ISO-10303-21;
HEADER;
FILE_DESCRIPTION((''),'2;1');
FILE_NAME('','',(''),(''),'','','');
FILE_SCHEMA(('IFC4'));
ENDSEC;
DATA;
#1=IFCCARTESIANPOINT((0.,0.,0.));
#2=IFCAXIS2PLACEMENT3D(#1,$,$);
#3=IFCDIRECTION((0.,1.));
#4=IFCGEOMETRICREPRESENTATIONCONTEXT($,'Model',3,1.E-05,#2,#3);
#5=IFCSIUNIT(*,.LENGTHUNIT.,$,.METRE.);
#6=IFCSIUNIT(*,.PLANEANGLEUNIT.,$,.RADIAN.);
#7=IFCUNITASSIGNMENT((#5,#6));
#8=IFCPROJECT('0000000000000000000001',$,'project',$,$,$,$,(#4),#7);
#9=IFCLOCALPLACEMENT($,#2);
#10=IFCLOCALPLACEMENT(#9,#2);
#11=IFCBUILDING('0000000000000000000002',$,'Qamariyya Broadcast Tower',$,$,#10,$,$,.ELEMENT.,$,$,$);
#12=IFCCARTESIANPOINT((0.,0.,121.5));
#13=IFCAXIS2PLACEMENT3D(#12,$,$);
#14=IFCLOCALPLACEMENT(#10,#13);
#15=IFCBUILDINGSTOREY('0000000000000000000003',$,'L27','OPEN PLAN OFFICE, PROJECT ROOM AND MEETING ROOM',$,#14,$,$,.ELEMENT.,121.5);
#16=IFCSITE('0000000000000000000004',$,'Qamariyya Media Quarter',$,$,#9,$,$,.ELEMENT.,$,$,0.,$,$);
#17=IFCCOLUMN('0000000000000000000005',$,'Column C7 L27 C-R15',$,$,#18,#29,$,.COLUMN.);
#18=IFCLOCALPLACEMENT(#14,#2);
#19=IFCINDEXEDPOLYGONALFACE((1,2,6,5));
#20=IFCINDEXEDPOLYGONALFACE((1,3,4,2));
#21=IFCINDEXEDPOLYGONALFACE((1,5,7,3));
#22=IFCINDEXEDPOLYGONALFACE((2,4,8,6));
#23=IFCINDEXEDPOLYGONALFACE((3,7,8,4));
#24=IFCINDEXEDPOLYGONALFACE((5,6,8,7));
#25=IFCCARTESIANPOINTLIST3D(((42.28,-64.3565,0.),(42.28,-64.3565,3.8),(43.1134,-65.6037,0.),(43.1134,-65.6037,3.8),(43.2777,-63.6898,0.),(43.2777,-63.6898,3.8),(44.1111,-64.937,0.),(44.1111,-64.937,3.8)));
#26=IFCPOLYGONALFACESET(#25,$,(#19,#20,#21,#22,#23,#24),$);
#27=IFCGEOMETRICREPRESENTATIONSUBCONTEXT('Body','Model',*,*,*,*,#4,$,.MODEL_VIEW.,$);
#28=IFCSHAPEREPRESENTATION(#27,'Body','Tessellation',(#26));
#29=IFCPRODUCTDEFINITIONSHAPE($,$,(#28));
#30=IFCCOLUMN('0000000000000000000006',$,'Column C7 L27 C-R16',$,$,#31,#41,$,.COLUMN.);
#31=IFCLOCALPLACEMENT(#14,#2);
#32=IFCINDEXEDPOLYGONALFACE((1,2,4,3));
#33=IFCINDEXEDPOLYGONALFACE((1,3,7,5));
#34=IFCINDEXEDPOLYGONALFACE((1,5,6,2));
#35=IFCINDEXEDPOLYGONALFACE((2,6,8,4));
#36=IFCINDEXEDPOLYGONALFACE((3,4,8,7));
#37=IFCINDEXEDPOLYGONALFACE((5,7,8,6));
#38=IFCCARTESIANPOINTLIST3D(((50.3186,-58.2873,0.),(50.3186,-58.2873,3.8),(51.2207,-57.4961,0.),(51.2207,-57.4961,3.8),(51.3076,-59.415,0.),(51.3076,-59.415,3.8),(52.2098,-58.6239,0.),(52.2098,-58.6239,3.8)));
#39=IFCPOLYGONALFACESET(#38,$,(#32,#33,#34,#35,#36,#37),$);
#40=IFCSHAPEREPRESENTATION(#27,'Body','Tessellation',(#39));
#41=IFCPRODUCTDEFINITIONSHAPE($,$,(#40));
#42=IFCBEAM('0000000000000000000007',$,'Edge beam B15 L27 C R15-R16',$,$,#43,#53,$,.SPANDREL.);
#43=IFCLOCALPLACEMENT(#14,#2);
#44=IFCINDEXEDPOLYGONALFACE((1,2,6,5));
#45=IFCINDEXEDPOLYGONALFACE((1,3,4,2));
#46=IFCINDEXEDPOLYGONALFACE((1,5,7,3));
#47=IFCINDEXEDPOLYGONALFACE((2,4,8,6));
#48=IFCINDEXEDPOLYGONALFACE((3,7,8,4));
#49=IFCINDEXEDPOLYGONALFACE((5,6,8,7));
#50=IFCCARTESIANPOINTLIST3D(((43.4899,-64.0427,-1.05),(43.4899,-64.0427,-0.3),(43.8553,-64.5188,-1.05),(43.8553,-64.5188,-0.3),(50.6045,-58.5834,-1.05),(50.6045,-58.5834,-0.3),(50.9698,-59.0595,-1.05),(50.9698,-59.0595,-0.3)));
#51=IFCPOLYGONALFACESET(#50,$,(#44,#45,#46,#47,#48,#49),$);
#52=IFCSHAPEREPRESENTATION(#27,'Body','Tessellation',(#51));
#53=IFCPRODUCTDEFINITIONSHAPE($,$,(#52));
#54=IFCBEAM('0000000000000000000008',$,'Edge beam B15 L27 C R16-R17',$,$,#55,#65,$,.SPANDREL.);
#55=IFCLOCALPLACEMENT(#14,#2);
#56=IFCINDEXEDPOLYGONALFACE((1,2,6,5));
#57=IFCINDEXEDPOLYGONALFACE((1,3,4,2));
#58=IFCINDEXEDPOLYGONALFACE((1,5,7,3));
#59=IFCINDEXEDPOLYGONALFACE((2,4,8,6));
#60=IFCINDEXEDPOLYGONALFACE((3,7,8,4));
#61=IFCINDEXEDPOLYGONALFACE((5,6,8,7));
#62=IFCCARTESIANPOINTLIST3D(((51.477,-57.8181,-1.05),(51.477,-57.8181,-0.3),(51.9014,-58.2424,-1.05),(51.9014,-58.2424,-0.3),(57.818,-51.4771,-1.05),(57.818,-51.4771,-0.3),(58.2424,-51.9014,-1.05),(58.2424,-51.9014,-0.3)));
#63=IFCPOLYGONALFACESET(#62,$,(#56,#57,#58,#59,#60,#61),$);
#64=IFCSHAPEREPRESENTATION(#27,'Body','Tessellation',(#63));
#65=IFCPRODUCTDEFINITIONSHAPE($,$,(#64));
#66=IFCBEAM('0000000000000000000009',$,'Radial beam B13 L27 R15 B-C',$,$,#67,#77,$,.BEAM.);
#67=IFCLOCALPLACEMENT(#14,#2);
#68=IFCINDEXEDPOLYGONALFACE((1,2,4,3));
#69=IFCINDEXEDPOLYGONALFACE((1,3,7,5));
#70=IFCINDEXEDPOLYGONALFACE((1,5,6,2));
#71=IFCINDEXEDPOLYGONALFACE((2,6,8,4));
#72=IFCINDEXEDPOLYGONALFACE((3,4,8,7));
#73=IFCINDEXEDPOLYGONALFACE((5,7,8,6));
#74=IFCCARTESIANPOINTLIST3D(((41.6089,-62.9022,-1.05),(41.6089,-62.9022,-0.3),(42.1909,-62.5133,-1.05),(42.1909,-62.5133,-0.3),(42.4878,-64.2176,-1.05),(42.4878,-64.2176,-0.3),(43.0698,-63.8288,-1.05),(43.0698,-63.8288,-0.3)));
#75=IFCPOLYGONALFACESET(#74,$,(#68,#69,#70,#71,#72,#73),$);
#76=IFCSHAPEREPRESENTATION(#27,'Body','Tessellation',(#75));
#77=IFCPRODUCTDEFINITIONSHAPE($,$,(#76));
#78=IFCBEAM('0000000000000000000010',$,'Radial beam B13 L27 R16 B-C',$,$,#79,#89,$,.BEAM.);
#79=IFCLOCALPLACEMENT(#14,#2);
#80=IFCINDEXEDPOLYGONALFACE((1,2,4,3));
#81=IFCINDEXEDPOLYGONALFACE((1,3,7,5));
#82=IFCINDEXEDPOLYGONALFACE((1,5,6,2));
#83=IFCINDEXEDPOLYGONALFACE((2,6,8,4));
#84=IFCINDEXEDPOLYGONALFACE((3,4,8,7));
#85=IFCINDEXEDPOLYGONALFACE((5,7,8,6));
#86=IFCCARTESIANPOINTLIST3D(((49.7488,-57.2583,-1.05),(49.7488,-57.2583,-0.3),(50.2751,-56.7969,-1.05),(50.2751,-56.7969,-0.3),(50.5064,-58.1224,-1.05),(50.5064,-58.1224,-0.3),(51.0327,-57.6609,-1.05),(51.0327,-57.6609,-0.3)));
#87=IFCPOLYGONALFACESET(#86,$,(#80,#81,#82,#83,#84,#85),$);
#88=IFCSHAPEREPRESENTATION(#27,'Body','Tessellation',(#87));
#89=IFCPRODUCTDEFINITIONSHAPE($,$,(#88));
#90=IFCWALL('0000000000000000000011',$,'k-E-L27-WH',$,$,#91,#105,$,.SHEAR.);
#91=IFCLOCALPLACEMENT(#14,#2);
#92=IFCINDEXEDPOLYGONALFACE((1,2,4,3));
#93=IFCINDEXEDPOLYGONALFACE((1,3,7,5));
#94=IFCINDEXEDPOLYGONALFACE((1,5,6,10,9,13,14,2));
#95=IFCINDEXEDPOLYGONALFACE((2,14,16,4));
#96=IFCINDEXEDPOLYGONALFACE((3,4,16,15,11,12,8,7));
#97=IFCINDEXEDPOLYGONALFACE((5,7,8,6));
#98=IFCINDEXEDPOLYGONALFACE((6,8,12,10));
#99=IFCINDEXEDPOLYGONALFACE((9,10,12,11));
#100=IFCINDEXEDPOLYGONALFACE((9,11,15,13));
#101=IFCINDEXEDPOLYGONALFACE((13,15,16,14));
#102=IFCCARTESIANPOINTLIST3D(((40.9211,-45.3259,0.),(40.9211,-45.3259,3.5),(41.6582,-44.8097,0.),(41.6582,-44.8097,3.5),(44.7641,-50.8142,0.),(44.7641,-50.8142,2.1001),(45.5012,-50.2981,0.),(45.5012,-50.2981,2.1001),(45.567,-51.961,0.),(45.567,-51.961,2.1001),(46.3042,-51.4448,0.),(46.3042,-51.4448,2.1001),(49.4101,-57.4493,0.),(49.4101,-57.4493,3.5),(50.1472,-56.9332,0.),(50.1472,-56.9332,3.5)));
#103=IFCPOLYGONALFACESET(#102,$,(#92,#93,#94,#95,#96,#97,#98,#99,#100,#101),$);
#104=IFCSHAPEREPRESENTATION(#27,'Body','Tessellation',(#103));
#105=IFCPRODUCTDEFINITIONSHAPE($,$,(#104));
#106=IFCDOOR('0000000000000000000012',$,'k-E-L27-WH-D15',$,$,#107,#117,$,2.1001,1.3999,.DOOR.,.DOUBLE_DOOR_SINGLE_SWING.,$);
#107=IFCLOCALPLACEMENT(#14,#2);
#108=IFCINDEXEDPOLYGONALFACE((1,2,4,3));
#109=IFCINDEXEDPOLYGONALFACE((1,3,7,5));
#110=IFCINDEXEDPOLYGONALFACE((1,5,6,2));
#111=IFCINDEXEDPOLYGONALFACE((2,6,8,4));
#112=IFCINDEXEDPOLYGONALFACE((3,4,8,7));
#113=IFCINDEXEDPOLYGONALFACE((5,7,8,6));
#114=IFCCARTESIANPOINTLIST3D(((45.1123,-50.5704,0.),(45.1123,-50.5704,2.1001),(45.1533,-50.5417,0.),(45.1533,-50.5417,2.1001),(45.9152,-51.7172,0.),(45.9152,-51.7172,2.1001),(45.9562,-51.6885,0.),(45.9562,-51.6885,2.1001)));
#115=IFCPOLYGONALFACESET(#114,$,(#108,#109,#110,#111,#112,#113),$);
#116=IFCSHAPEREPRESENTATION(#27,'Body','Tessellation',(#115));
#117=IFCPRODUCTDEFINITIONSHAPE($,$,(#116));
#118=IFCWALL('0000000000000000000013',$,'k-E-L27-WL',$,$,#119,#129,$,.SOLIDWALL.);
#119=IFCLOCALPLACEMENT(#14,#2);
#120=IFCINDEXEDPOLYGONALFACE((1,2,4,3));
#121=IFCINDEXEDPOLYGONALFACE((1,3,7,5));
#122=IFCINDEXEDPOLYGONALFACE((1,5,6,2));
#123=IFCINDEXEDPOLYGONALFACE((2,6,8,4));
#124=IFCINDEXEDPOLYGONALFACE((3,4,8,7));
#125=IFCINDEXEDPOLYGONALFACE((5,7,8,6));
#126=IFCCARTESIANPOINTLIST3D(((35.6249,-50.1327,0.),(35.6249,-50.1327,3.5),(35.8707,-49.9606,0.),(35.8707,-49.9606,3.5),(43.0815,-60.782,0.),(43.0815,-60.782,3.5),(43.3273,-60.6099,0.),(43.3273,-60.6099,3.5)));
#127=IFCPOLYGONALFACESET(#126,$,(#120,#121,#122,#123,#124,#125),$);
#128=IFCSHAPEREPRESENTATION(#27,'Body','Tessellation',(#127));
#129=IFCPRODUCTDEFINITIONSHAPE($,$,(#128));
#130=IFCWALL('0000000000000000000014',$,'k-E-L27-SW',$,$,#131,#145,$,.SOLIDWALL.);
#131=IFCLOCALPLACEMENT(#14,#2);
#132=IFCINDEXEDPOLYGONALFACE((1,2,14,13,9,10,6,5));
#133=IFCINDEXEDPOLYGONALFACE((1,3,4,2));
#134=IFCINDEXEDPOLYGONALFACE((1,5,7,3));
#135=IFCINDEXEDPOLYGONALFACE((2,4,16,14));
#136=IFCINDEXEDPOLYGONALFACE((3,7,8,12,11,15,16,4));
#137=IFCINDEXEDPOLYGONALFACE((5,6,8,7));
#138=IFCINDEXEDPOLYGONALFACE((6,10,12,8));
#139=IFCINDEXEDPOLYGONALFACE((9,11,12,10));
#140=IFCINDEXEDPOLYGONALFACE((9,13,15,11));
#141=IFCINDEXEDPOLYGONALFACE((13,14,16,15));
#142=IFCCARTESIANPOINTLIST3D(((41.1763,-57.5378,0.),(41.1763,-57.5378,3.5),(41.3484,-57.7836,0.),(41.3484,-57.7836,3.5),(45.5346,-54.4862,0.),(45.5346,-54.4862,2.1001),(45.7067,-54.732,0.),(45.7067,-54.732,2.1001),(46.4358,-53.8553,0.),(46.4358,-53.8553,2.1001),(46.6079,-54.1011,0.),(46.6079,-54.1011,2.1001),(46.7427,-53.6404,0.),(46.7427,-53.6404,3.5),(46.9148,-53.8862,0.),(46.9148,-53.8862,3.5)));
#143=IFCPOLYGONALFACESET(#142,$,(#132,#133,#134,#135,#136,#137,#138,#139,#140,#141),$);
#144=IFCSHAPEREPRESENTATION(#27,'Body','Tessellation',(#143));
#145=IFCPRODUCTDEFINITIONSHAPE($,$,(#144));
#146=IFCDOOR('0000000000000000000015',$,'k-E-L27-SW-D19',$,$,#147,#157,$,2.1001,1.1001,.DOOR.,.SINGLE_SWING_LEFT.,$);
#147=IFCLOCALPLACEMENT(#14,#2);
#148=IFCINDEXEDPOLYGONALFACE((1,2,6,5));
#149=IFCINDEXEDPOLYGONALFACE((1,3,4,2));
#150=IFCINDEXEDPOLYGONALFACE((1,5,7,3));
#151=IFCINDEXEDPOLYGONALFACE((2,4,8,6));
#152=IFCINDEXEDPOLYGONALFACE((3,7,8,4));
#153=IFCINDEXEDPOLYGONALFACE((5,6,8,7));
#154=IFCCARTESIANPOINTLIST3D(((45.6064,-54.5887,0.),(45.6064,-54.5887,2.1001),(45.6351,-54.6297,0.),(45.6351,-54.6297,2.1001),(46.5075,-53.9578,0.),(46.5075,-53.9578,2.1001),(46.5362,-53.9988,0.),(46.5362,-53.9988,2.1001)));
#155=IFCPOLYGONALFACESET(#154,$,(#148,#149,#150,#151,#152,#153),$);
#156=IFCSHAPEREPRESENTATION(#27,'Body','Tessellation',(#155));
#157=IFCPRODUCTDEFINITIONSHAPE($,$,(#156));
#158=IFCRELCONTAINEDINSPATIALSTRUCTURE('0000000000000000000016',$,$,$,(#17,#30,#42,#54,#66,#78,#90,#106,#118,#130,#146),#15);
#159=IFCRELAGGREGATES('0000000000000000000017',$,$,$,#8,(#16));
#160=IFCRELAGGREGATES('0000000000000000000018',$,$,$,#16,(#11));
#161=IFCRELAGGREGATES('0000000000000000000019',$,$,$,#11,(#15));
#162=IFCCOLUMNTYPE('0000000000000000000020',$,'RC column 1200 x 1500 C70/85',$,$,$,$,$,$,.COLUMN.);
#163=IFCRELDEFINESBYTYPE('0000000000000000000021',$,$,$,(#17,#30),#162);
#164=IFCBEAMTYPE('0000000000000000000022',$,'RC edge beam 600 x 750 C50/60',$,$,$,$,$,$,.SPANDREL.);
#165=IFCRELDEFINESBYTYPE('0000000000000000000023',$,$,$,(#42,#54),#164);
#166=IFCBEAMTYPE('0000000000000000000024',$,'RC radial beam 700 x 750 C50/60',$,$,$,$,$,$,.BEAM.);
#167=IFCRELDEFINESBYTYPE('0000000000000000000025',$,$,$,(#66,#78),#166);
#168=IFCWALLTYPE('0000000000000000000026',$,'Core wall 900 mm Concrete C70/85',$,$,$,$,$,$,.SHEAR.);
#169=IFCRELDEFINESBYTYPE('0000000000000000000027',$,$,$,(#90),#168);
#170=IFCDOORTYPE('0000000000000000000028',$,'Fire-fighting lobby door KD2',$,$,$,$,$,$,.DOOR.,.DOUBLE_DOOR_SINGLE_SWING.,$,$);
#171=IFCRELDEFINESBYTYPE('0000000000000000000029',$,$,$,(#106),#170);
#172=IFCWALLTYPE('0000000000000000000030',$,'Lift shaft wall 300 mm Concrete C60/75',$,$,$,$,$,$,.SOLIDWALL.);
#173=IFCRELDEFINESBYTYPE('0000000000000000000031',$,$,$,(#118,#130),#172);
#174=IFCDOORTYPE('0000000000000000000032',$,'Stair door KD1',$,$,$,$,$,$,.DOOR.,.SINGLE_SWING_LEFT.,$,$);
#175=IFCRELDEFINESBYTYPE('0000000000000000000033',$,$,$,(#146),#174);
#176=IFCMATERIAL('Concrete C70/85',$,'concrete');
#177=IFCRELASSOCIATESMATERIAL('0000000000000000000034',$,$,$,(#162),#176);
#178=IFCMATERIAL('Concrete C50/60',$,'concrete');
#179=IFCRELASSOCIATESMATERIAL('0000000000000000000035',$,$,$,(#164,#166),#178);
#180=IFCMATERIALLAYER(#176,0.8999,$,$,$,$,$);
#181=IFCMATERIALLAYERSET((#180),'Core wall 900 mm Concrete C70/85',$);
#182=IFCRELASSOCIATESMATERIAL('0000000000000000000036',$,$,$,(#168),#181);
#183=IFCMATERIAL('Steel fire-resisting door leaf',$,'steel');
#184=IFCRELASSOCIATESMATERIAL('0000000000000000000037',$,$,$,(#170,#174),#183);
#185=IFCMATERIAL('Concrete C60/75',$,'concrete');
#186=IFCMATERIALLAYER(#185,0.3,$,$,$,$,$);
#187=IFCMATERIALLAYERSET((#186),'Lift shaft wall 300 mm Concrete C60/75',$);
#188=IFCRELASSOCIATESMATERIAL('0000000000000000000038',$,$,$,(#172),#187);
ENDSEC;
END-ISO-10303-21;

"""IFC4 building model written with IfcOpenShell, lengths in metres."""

from ifc_helpers import new_model, si_unit, direction, frame, frame_2d, origin, origin_2d, place, context, subcontext, project, spatial, rectangle, extrude, material, layer, layer_set, material_profile, profile_set, type_object, element, fill, save


model = new_model("IFC4")

# Units and contexts
model_context = context("Model", 3, precision=1e-05, world=origin(), true_north=direction((0.0, 1.0)))
body_context = subcontext(model_context, "Body", "Model", "MODEL_VIEW")
ifc_project = project(units=[si_unit("LENGTHUNIT", "METRE"), si_unit("PLANEANGLEUNIT", "RADIAN")], contexts=[model_context])

# Site, building, storey
site_placement = place(None, origin())
site = spatial("IfcSite", under=ifc_project, at=site_placement, Name="Qamariyya Media Quarter", CompositionType="ELEMENT", RefElevation=0.0)
building_placement = place(site_placement, origin())
building = spatial("IfcBuilding", under=site, at=building_placement, Name="Qamariyya Broadcast Tower", CompositionType="ELEMENT")
storey_placement = place(building_placement, frame((0.0, 0.0, 121.5)))
storey = spatial("IfcBuildingStorey", under=building, at=storey_placement, Name="L27", Description="OPEN PLAN OFFICE, PROJECT ROOM AND MEETING ROOM", CompositionType="ELEMENT", Elevation=121.5)

# Columns
ifc_material_1 = material(Name="Concrete C70/85", Category="concrete")
ifc_material_profile_1 = material_profile(ifc_material_1, rectangle(XDim=1.2, YDim=1.5, at=origin_2d()))
ifc_profile_set_1 = profile_set([ifc_material_profile_1], Name="Concrete C70/85")
column_type = type_object("IfcColumnType", Name="RC column 1200 x 1500 C70/85", PredefinedType="COLUMN", material=ifc_profile_set_1)
for number, where, z_axis, x_axis, name in (
    (1, (43.1956, -64.6467, 0.0), (0.0, 0.0, 1.0), (0.83147, 0.55557, 0.0), "Column C7 L27 C-R15"),
    (2, (51.2642, -58.4556, 0.0), (0.0, 0.0, 1.0), (0.75184, 0.659346, 0.0), "Column C7 L27 C-R16"),
):
    element("IfcColumn", number, at=place(storey_placement, frame(where, z_axis=z_axis, x_axis=x_axis)), inside=storey, type_object=column_type, Name=name, PredefinedType="COLUMN", context=body_context, shape_type="SweptSolid", body=[
        extrude(rectangle(XDim=1.2, YDim=1.5, at=origin_2d()), origin(), (0.0, 0.0, 1.0), 3.8),
    ])

# Beams
ifc_material_2 = material(Name="Concrete C50/60", Category="concrete")
ifc_material_profile_2 = material_profile(ifc_material_2, rectangle(XDim=0.6001, YDim=0.75, at=origin_2d()))
ifc_profile_set_2 = profile_set([ifc_material_profile_2], Name="Concrete C50/60")
beam_type_1 = type_object("IfcBeamType", Name="RC edge beam 600 x 750 C50/60", PredefinedType="SPANDREL", material=ifc_profile_set_2)
beam_1_placement = place(storey_placement, frame((43.6726, -64.2808, -0.675), z_axis=(0.793349, 0.608767, 0.0), x_axis=(-0.608767, 0.793349, 0.0)))
element("IfcBeam", 3, at=beam_1_placement, inside=storey, type_object=beam_type_1, Name="Edge beam B15 L27 C R15-R16", PredefinedType="SPANDREL", context=body_context, shape_type="SweptSolid", body=[
    extrude(rectangle(XDim=0.6001, YDim=0.75, at=origin_2d()), origin(), (0.0, 0.0, 1.0), 8.9678),
])
beam_2_placement = place(storey_placement, frame((51.6892, -58.0303, -0.675), z_axis=(0.707107, 0.707107, 0.0), x_axis=(-0.707107, 0.707107, 0.0)))
element("IfcBeam", 4, at=beam_2_placement, inside=storey, type_object=beam_type_1, Name="Edge beam B15 L27 C R16-R17", PredefinedType="SPANDREL", context=body_context, shape_type="SweptSolid", body=[
    extrude(rectangle(XDim=0.6001, YDim=0.75, at=origin_2d()), origin(), (0.0, 0.0, 1.0), 8.9675),
])
ifc_material_profile_3 = material_profile(ifc_material_2, rectangle(XDim=0.7, YDim=0.75, at=origin_2d()))
ifc_profile_set_3 = profile_set([ifc_material_profile_3], Name="Concrete C50/60")
beam_type_2 = type_object("IfcBeamType", Name="RC radial beam 700 x 750 C50/60", PredefinedType="BEAM", material=ifc_profile_set_3)
beam_3_placement = place(storey_placement, frame((41.8999, -62.7078, -0.675), z_axis=(0.555555, -0.83148, 0.0), x_axis=(0.83148, 0.555555, 0.0)))
element("IfcBeam", 5, at=beam_3_placement, inside=storey, type_object=beam_type_2, Name="Radial beam B13 L27 R15 B-C", PredefinedType="BEAM", context=body_context, shape_type="SweptSolid", body=[
    extrude(rectangle(XDim=0.7, YDim=0.75, at=origin_2d()), origin(), (0.0, 0.0, 1.0), 1.582),
])
beam_4_placement = place(storey_placement, frame((50.012, -57.0276, -0.675), z_axis=(0.659271, -0.751905, 0.0), x_axis=(0.751905, 0.659271, 0.0)))
element("IfcBeam", 6, at=beam_4_placement, inside=storey, type_object=beam_type_2, Name="Radial beam B13 L27 R16 B-C", PredefinedType="BEAM", context=body_context, shape_type="SweptSolid", body=[
    extrude(rectangle(XDim=0.7, YDim=0.75, at=origin_2d()), origin(), (0.0, 0.0, 1.0), 1.1492),
])

# Wall, opening, door
ifc_layer_1 = layer(ifc_material_1, 0.8999)
ifc_layer_set_1 = layer_set([ifc_layer_1], Name="Core wall 900 mm Concrete C70/85")
wall_type_1 = type_object("IfcWallType", Name="Core wall 900 mm Concrete C70/85", PredefinedType="SHEAR", material=ifc_layer_set_1)
wall_1_placement = place(storey_placement, frame((49.7786, -57.1912, 0.0), z_axis=(0.0, 0.0, 1.0), x_axis=(-0.573577, 0.819151, 0.0)))
wall_1 = element("IfcWall", 7, at=wall_1_placement, inside=storey, type_object=wall_type_1, Name="k-E-L27-WH", PredefinedType="SHEAR", context=body_context, shape_type="SweptSolid", body=[
    extrude(rectangle(XDim=14.8, YDim=0.8999, at=frame_2d((7.3999, 0.0))), origin(), (0.0, 0.0, 1.0), 3.5),
])
opening_1_placement = place(wall_1_placement, frame((6.7, 0.0, 0.0)))
opening_1 = element("IfcOpeningElement", 8, at=opening_1_placement, cuts=wall_1, PredefinedType="OPENING", context=body_context, shape_type="SweptSolid", body=[
    extrude(rectangle(XDim=1.3999, YDim=2.1001, at=frame_2d((0.7, 1.05))), frame((0.0, 0.46, 0.0), z_axis=(0.0, -1.0, 0.0), x_axis=(1.0, 0.0, 0.0)), (0.0, 0.0, 1.0), 0.9199),
])
ifc_material_3 = material(Name="Steel fire-resisting door leaf", Category="steel")
door_type_1 = type_object("IfcDoorType", Name="Fire-fighting lobby door KD2", OperationType="DOUBLE_DOOR_SINGLE_SWING", PredefinedType="DOOR", material=ifc_material_3)
door_1_placement = place(opening_1_placement, origin())
door_1 = element("IfcDoor", 9, at=door_1_placement, inside=storey, type_object=door_type_1, Name="k-E-L27-WH-D15", OperationType="DOUBLE_DOOR_SINGLE_SWING", OverallHeight=2.1001, OverallWidth=1.3999, PredefinedType="DOOR", context=body_context, shape_type="SweptSolid", body=[
    extrude(rectangle(XDim=1.3999, YDim=2.1001, at=frame_2d((0.7, 1.05))), frame((0.0, 0.0249, 0.0), z_axis=(0.0, -1.0, 0.0), x_axis=(1.0, 0.0, 0.0)), (0.0, 0.0, 1.0), 0.05),
])
fill(opening_1, door_1)

# Wall
ifc_material_4 = material(Name="Concrete C60/75", Category="concrete")
ifc_layer_2 = layer(ifc_material_4, 0.3)
ifc_layer_set_2 = layer_set([ifc_layer_2], Name="Lift shaft wall 300 mm Concrete C60/75")
wall_type_2 = type_object("IfcWallType", Name="Lift shaft wall 300 mm Concrete C60/75", PredefinedType="SOLIDWALL", material=ifc_layer_set_2)
wall_2_placement = place(storey_placement, frame((43.2043, -60.6958, 0.0), z_axis=(0.0, 0.0, 1.0), x_axis=(-0.573572, 0.819155, 0.0)))
element("IfcWall", 10, at=wall_2_placement, inside=storey, type_object=wall_type_2, Name="k-E-L27-WL", PredefinedType="SOLIDWALL", context=body_context, shape_type="SweptSolid", body=[
    extrude(rectangle(XDim=13.0002, YDim=0.3, at=frame_2d((6.5, 0.0))), origin(), (0.0, 0.0, 1.0), 3.5),
])

# Wall, opening, door
wall_3_placement = place(storey_placement, frame((41.2625, -57.6606, 0.0), z_axis=(0.0, 0.0, 1.0), x_axis=(0.819164, 0.573559, 0.0)))
wall_3 = element("IfcWall", 11, at=wall_3_placement, inside=storey, type_object=wall_type_2, Name="k-E-L27-SW", PredefinedType="SOLIDWALL", context=body_context, shape_type="SweptSolid", body=[
    extrude(rectangle(XDim=6.7952, YDim=0.3, at=frame_2d((3.3975, 0.0))), origin(), (0.0, 0.0, 1.0), 3.5),
])
opening_2_placement = place(wall_3_placement, frame((5.3203, 0.0, 0.0)))
opening_2 = element("IfcOpeningElement", 12, at=opening_2_placement, cuts=wall_3, PredefinedType="OPENING", context=body_context, shape_type="SweptSolid", body=[
    extrude(rectangle(XDim=1.1001, YDim=2.1001, at=frame_2d((0.55, 1.05))), frame((0.0, 0.1599, 0.0), z_axis=(0.0, -1.0, 0.0), x_axis=(1.0, 0.0, 0.0)), (0.0, 0.0, 1.0), 0.3201),
])
door_type_2 = type_object("IfcDoorType", Name="Stair door KD1", OperationType="SINGLE_SWING_LEFT", PredefinedType="DOOR", material=ifc_material_3)
door_2_placement = place(opening_2_placement, origin())
door_2 = element("IfcDoor", 13, at=door_2_placement, inside=storey, type_object=door_type_2, Name="k-E-L27-SW-D19", OperationType="SINGLE_SWING_LEFT", OverallHeight=2.1001, OverallWidth=1.1001, PredefinedType="DOOR", context=body_context, shape_type="SweptSolid", body=[
    extrude(rectangle(XDim=1.1001, YDim=2.1001, at=frame_2d((0.55, 1.05))), frame((0.0, 0.0249, 0.0), z_axis=(0.0, -1.0, 0.0), x_axis=(1.0, 0.0, 0.0)), (0.0, 0.0, 1.0), 0.05),
])
fill(opening_2, door_2)

save(model, "model.ifc")
